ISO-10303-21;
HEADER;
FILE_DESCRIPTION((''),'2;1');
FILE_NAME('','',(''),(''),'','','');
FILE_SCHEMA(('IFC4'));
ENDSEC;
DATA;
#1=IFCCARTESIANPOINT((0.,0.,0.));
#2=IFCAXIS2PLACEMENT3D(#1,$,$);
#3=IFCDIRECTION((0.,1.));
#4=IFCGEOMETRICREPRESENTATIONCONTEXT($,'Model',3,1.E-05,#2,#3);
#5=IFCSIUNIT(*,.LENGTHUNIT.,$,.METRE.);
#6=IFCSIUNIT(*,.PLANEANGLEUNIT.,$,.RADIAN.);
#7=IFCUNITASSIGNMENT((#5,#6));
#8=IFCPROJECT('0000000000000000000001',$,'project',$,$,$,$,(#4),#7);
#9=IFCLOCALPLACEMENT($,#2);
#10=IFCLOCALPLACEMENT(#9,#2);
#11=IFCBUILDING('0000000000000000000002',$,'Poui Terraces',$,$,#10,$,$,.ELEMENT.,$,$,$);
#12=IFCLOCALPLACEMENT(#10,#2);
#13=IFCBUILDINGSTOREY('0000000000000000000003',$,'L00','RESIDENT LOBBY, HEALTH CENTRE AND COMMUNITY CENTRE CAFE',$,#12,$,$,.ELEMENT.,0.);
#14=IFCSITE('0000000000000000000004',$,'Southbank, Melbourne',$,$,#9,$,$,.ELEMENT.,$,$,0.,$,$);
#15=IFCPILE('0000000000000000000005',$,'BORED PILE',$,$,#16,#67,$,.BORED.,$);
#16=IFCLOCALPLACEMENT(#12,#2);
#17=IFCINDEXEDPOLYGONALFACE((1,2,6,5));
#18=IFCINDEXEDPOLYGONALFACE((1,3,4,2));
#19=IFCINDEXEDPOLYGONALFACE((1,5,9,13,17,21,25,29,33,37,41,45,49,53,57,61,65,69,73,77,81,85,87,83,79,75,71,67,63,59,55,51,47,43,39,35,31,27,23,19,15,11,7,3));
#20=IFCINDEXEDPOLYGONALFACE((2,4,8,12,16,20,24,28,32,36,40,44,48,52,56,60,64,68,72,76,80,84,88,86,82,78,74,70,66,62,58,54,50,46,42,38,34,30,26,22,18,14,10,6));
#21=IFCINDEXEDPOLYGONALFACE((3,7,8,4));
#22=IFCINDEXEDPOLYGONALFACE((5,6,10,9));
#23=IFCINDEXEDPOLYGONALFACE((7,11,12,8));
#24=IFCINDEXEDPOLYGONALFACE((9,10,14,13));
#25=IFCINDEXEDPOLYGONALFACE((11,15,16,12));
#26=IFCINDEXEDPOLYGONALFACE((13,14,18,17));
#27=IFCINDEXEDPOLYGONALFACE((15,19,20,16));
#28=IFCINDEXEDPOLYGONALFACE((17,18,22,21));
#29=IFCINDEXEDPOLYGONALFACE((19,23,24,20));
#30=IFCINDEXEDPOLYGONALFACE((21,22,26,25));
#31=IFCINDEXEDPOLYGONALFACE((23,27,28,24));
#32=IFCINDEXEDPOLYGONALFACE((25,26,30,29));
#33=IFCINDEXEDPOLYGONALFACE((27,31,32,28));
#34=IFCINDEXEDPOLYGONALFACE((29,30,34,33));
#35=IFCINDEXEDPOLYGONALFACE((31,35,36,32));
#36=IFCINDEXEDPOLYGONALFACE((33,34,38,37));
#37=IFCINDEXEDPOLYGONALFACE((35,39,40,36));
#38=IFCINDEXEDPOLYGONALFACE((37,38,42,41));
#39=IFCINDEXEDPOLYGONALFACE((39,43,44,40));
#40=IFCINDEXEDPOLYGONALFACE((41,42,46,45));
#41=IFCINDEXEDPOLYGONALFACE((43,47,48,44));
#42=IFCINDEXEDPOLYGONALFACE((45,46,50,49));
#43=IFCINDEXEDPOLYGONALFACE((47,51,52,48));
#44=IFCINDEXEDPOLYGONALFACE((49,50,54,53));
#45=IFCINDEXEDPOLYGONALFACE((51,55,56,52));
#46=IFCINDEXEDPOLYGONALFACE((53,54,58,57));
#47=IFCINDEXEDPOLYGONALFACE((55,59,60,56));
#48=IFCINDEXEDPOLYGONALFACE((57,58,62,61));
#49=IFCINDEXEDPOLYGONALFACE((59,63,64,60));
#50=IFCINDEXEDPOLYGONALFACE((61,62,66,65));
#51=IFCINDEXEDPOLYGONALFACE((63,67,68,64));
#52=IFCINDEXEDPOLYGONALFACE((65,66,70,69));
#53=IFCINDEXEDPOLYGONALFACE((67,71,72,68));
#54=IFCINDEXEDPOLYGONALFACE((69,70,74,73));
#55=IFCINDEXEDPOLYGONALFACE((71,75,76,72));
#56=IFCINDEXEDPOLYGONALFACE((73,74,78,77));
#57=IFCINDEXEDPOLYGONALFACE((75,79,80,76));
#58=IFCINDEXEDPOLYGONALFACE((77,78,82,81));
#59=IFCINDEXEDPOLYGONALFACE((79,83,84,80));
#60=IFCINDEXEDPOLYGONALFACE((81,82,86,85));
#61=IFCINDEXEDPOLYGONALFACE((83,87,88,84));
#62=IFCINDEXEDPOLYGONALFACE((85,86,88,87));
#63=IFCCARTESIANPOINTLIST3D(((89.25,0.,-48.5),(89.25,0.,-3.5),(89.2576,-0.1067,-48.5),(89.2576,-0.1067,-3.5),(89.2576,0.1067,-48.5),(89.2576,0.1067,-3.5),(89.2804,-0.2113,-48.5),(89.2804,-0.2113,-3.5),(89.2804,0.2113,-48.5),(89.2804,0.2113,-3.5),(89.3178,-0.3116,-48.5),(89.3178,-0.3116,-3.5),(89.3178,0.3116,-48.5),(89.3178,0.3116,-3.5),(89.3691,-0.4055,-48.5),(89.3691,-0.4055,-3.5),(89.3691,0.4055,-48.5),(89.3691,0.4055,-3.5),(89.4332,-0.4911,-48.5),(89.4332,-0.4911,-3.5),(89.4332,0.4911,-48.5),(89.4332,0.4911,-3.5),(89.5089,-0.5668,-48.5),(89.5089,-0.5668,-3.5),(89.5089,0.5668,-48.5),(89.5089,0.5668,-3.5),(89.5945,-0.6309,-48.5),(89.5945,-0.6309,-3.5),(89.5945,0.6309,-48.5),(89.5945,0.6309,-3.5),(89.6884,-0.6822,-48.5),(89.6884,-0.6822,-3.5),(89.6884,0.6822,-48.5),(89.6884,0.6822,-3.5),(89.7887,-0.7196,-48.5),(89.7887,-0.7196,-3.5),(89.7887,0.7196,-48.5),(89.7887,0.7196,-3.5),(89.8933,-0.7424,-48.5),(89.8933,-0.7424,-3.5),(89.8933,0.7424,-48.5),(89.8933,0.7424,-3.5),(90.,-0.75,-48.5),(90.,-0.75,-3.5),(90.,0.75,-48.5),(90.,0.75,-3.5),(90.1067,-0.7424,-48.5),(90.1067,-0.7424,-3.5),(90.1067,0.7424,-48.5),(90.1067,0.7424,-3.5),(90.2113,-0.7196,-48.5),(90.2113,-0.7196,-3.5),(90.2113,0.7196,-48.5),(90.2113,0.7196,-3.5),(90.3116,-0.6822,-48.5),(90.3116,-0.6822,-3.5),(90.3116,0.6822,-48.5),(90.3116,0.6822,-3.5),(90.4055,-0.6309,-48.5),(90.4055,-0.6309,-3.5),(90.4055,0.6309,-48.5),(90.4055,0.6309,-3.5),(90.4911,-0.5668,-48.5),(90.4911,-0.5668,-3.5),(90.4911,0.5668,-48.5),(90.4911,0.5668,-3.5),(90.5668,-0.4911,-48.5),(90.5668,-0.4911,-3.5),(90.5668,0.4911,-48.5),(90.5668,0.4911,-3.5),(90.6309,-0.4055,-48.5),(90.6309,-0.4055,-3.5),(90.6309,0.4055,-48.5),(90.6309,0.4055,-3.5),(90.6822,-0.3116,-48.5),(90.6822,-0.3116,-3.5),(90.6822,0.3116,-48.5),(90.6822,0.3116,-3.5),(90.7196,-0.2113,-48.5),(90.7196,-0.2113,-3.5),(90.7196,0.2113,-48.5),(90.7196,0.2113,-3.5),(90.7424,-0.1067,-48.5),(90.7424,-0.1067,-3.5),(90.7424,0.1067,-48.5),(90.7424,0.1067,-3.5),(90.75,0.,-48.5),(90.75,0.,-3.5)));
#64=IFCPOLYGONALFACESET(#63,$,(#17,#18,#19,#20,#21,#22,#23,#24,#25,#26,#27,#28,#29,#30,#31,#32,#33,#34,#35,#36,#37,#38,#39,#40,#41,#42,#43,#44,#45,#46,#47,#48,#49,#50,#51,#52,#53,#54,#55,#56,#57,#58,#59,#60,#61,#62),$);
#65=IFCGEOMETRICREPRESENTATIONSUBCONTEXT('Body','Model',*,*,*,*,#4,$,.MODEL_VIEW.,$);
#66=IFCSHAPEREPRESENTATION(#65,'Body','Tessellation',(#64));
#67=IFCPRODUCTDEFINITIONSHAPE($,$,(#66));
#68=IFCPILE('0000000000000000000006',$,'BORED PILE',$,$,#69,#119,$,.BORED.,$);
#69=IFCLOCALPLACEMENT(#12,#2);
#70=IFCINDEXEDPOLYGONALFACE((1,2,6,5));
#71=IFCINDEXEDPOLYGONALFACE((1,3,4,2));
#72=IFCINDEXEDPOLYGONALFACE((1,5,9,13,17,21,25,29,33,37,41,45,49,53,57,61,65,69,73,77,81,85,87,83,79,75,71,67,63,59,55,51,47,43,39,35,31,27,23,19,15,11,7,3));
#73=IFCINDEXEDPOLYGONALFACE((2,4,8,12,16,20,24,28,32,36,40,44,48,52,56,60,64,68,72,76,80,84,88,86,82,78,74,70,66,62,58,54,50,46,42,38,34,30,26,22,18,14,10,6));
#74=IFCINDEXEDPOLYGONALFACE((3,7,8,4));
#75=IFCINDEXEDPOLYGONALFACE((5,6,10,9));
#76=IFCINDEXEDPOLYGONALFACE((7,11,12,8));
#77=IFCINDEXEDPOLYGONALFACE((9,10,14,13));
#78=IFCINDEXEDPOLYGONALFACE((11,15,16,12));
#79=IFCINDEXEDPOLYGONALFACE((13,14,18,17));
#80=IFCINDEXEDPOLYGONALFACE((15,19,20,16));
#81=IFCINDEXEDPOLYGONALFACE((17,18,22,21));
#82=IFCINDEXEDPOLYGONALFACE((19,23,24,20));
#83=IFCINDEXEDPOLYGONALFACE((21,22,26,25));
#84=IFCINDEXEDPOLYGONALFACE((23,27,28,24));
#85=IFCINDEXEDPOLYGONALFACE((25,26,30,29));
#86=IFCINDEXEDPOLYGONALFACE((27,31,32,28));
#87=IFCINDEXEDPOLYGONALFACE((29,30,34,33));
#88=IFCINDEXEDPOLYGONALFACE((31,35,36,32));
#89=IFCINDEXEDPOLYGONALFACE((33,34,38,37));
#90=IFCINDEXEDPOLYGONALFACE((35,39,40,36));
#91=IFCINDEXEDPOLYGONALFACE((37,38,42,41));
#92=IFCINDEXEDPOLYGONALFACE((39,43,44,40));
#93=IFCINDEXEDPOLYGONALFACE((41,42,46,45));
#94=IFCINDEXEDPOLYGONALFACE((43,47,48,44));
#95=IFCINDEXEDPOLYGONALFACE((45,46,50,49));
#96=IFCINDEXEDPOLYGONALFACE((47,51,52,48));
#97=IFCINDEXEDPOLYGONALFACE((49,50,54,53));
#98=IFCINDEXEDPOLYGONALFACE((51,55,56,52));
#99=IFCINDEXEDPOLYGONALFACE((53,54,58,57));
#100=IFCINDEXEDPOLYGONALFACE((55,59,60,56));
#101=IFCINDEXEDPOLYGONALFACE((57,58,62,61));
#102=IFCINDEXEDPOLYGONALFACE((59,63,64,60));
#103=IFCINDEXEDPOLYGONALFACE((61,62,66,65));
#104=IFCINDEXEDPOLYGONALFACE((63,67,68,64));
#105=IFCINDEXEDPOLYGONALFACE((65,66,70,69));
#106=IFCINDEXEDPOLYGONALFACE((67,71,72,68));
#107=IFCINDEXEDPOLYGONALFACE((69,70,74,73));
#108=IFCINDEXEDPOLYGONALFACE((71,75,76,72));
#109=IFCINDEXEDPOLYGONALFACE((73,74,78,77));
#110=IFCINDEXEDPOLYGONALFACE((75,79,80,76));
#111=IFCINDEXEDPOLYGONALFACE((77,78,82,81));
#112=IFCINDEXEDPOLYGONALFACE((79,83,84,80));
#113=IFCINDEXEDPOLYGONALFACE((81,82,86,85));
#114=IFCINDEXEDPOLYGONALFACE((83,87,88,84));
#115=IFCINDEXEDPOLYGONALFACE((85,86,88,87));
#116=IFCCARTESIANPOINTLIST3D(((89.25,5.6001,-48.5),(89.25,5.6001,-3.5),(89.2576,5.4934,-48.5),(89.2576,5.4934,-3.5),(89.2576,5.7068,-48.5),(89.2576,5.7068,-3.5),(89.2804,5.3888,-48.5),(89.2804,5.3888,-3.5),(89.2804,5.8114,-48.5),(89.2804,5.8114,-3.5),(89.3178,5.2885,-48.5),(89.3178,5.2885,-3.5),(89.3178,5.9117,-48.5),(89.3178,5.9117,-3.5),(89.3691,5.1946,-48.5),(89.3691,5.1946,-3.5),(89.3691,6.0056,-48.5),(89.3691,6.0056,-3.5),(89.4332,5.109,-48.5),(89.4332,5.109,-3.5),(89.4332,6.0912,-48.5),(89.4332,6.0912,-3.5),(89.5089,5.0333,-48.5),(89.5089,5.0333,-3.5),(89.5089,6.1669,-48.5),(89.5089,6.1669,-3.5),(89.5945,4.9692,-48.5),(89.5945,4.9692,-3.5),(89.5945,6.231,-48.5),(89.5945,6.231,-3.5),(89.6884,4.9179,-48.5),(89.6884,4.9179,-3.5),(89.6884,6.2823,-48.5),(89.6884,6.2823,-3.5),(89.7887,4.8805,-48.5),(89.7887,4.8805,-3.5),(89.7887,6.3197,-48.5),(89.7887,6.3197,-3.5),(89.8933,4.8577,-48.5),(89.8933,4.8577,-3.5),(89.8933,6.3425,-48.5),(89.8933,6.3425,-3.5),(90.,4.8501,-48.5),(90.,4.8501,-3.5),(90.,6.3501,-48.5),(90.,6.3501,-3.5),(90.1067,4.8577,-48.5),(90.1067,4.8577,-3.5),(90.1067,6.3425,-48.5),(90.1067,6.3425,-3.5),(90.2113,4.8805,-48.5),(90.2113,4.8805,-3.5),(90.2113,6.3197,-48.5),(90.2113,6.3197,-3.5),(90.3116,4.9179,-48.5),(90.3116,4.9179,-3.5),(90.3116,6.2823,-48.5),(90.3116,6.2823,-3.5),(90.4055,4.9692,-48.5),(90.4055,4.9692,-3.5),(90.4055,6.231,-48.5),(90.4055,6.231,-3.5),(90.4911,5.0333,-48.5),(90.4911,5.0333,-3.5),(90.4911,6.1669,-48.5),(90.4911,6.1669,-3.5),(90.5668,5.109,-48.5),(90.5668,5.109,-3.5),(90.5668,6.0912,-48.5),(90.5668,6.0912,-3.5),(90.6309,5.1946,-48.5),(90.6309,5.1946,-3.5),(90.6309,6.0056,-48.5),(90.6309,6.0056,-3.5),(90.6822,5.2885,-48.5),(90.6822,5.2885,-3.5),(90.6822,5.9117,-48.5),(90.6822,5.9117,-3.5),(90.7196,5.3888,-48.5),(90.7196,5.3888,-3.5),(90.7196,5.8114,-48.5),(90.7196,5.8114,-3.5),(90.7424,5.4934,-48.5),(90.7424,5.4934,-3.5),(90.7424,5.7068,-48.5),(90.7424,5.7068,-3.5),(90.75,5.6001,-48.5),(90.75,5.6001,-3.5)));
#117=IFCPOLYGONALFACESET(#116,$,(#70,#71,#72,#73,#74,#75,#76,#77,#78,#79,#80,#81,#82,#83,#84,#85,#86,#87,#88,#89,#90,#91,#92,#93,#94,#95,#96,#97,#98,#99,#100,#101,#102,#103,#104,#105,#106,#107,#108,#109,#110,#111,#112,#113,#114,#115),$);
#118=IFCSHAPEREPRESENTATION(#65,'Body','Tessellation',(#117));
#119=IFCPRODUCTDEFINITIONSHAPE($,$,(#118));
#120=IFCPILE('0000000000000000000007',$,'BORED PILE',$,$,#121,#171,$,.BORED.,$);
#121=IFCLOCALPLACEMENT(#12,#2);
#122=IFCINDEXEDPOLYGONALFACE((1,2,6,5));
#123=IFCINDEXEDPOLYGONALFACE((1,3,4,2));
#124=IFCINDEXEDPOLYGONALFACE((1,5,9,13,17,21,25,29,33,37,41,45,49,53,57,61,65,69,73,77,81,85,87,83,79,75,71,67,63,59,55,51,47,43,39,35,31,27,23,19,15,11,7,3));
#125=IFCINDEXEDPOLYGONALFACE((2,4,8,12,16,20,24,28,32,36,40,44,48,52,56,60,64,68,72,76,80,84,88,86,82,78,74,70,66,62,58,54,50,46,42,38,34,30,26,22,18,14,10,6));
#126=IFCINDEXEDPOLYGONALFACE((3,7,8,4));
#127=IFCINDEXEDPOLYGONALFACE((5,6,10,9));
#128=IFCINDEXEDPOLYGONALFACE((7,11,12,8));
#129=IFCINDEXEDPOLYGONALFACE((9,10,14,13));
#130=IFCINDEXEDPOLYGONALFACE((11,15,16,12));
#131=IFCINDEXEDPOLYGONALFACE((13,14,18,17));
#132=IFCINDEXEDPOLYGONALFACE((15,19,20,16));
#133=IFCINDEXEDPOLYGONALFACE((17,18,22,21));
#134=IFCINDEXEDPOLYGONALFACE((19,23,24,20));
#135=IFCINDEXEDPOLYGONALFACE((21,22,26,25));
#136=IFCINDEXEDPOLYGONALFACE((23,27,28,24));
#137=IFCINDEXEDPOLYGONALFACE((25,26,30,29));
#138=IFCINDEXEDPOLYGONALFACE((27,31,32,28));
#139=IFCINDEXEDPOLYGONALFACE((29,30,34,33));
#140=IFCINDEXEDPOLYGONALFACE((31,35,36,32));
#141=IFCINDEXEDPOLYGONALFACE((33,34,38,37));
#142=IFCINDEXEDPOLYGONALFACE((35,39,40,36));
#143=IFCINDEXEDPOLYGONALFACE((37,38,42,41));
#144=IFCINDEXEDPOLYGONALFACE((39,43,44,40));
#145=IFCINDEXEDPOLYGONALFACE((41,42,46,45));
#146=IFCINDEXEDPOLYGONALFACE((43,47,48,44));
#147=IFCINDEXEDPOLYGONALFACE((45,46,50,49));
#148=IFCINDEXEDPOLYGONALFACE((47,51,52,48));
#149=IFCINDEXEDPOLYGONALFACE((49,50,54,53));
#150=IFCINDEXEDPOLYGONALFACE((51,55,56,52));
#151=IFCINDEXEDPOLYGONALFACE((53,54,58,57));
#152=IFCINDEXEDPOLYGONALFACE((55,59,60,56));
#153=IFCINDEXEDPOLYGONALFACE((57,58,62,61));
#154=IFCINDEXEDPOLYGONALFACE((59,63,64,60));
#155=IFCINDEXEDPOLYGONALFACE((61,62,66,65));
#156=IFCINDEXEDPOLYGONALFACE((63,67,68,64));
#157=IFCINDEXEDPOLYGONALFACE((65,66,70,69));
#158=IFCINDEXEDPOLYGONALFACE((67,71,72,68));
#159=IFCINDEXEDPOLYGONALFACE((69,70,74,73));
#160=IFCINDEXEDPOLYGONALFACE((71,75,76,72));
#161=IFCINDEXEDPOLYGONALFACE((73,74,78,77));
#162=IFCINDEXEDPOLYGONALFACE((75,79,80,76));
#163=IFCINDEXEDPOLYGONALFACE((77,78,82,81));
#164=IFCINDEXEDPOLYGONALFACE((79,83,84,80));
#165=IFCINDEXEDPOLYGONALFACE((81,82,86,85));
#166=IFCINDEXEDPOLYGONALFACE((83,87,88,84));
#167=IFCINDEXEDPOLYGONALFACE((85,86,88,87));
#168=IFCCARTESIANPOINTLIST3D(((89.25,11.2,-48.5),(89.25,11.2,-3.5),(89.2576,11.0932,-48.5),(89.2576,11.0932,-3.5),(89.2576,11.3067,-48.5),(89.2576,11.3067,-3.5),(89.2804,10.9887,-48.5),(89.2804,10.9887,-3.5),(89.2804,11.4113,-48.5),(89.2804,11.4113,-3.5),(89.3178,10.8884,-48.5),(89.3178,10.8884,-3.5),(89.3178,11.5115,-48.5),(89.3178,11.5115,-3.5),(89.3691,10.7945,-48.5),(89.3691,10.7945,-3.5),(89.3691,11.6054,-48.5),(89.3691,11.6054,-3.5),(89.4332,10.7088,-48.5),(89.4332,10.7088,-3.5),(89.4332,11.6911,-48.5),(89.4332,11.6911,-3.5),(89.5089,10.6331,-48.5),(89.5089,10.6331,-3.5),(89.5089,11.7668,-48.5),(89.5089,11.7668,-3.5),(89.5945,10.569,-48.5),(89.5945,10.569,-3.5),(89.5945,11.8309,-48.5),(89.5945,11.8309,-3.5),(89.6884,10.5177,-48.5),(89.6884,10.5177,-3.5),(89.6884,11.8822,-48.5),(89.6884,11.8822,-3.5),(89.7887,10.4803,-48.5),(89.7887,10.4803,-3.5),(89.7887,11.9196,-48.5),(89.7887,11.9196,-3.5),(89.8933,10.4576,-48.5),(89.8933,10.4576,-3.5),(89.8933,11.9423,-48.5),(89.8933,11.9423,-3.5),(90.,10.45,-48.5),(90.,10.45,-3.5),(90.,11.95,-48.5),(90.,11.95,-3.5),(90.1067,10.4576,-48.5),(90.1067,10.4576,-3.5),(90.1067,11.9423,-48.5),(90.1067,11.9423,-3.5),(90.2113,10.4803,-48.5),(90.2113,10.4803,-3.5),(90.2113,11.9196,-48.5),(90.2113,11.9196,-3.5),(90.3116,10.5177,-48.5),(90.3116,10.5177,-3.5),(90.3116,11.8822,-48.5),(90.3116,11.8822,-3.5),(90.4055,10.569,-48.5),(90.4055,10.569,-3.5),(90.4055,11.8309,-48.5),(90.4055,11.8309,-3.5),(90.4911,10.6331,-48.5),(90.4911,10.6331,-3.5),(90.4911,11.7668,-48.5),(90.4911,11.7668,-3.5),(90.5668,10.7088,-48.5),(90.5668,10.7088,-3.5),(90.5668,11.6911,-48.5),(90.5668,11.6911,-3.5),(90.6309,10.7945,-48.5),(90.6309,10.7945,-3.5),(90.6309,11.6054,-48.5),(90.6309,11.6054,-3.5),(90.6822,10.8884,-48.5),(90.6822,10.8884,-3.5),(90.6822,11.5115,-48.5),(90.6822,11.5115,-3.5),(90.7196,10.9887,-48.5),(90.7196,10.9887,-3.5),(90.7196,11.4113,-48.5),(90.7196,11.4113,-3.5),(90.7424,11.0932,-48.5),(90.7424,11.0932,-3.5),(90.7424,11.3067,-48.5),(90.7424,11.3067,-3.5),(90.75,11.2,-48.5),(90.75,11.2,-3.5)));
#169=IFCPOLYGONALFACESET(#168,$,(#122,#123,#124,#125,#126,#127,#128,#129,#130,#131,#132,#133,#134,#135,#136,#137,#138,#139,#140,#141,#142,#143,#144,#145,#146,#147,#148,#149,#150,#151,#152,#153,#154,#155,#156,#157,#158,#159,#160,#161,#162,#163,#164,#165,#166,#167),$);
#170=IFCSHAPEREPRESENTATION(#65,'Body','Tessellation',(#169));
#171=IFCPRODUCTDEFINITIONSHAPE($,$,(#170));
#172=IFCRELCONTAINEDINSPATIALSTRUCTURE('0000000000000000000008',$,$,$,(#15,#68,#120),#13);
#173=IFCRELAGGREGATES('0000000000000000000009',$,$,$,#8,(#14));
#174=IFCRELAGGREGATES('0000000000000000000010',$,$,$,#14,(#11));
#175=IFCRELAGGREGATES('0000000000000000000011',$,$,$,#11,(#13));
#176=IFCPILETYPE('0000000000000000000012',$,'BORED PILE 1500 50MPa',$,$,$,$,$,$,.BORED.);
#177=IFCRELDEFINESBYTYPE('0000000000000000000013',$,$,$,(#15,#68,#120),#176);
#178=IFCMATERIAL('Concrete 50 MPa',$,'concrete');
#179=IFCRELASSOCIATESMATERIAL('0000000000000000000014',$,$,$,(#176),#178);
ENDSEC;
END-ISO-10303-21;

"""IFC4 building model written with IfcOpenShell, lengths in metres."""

from ifc_helpers import new_model, si_unit, direction, frame, origin, origin_2d, place, context, subcontext, project, spatial, circle, extrude, material, material_profile, profile_set, type_object, element, save


model = new_model("IFC4")

# Units and contexts
model_context = context("Model", 3, precision=1e-05, world=origin(), true_north=direction((0.0, 1.0)))
body_context = subcontext(model_context, "Body", "Model", "MODEL_VIEW")
ifc_project = project(units=[si_unit("LENGTHUNIT", "METRE"), si_unit("PLANEANGLEUNIT", "RADIAN")], contexts=[model_context])

# Site, building, storey
site_placement = place(None, origin())
site = spatial("IfcSite", under=ifc_project, at=site_placement, Name="Southbank, Melbourne", CompositionType="ELEMENT", RefElevation=0.0)
building_placement = place(site_placement, origin())
building = spatial("IfcBuilding", under=site, at=building_placement, Name="Poui Terraces", CompositionType="ELEMENT")
storey_placement = place(building_placement, origin())
storey = spatial("IfcBuildingStorey", under=building, at=storey_placement, Name="L00", Description="RESIDENT LOBBY, HEALTH CENTRE AND COMMUNITY CENTRE CAFE", CompositionType="ELEMENT", Elevation=0.0)

# Piles
ifc_material_1 = material(Name="Concrete 50 MPa", Category="concrete")
ifc_material_profile_1 = material_profile(ifc_material_1, circle(Radius=0.75, at=origin_2d()), Name="RC D1500")
ifc_profile_set_1 = profile_set([ifc_material_profile_1], Name="Concrete 50 MPa")
pile_type = type_object("IfcPileType", Name="BORED PILE 1500 50MPa", PredefinedType="BORED", material=ifc_profile_set_1)
for number, where, z_axis, x_axis, name in (
    (1, (90.0, 0.0, -3.5), (0.0, 0.0, -1.0), (1.0, 0.0, 0.0), "BORED PILE"),
    (2, (90.0, 5.6001, -3.5), (0.0, 0.0, -1.0), (1.0, 0.0, 0.0), "BORED PILE"),
    (3, (90.0, 11.2, -3.5), (0.0, 0.0, -1.0), (1.0, 0.0, 0.0), "BORED PILE"),
):
    element("IfcPile", number, at=place(storey_placement, frame(where, z_axis=z_axis, x_axis=x_axis)), inside=storey, type_object=pile_type, Name=name, PredefinedType="BORED", context=body_context, shape_type="SweptSolid", body=[
        extrude(circle(Radius=0.75, at=origin_2d()), origin(), (0.0, 0.0, 1.0), 45.0),
    ])

save(model, "model.ifc")
